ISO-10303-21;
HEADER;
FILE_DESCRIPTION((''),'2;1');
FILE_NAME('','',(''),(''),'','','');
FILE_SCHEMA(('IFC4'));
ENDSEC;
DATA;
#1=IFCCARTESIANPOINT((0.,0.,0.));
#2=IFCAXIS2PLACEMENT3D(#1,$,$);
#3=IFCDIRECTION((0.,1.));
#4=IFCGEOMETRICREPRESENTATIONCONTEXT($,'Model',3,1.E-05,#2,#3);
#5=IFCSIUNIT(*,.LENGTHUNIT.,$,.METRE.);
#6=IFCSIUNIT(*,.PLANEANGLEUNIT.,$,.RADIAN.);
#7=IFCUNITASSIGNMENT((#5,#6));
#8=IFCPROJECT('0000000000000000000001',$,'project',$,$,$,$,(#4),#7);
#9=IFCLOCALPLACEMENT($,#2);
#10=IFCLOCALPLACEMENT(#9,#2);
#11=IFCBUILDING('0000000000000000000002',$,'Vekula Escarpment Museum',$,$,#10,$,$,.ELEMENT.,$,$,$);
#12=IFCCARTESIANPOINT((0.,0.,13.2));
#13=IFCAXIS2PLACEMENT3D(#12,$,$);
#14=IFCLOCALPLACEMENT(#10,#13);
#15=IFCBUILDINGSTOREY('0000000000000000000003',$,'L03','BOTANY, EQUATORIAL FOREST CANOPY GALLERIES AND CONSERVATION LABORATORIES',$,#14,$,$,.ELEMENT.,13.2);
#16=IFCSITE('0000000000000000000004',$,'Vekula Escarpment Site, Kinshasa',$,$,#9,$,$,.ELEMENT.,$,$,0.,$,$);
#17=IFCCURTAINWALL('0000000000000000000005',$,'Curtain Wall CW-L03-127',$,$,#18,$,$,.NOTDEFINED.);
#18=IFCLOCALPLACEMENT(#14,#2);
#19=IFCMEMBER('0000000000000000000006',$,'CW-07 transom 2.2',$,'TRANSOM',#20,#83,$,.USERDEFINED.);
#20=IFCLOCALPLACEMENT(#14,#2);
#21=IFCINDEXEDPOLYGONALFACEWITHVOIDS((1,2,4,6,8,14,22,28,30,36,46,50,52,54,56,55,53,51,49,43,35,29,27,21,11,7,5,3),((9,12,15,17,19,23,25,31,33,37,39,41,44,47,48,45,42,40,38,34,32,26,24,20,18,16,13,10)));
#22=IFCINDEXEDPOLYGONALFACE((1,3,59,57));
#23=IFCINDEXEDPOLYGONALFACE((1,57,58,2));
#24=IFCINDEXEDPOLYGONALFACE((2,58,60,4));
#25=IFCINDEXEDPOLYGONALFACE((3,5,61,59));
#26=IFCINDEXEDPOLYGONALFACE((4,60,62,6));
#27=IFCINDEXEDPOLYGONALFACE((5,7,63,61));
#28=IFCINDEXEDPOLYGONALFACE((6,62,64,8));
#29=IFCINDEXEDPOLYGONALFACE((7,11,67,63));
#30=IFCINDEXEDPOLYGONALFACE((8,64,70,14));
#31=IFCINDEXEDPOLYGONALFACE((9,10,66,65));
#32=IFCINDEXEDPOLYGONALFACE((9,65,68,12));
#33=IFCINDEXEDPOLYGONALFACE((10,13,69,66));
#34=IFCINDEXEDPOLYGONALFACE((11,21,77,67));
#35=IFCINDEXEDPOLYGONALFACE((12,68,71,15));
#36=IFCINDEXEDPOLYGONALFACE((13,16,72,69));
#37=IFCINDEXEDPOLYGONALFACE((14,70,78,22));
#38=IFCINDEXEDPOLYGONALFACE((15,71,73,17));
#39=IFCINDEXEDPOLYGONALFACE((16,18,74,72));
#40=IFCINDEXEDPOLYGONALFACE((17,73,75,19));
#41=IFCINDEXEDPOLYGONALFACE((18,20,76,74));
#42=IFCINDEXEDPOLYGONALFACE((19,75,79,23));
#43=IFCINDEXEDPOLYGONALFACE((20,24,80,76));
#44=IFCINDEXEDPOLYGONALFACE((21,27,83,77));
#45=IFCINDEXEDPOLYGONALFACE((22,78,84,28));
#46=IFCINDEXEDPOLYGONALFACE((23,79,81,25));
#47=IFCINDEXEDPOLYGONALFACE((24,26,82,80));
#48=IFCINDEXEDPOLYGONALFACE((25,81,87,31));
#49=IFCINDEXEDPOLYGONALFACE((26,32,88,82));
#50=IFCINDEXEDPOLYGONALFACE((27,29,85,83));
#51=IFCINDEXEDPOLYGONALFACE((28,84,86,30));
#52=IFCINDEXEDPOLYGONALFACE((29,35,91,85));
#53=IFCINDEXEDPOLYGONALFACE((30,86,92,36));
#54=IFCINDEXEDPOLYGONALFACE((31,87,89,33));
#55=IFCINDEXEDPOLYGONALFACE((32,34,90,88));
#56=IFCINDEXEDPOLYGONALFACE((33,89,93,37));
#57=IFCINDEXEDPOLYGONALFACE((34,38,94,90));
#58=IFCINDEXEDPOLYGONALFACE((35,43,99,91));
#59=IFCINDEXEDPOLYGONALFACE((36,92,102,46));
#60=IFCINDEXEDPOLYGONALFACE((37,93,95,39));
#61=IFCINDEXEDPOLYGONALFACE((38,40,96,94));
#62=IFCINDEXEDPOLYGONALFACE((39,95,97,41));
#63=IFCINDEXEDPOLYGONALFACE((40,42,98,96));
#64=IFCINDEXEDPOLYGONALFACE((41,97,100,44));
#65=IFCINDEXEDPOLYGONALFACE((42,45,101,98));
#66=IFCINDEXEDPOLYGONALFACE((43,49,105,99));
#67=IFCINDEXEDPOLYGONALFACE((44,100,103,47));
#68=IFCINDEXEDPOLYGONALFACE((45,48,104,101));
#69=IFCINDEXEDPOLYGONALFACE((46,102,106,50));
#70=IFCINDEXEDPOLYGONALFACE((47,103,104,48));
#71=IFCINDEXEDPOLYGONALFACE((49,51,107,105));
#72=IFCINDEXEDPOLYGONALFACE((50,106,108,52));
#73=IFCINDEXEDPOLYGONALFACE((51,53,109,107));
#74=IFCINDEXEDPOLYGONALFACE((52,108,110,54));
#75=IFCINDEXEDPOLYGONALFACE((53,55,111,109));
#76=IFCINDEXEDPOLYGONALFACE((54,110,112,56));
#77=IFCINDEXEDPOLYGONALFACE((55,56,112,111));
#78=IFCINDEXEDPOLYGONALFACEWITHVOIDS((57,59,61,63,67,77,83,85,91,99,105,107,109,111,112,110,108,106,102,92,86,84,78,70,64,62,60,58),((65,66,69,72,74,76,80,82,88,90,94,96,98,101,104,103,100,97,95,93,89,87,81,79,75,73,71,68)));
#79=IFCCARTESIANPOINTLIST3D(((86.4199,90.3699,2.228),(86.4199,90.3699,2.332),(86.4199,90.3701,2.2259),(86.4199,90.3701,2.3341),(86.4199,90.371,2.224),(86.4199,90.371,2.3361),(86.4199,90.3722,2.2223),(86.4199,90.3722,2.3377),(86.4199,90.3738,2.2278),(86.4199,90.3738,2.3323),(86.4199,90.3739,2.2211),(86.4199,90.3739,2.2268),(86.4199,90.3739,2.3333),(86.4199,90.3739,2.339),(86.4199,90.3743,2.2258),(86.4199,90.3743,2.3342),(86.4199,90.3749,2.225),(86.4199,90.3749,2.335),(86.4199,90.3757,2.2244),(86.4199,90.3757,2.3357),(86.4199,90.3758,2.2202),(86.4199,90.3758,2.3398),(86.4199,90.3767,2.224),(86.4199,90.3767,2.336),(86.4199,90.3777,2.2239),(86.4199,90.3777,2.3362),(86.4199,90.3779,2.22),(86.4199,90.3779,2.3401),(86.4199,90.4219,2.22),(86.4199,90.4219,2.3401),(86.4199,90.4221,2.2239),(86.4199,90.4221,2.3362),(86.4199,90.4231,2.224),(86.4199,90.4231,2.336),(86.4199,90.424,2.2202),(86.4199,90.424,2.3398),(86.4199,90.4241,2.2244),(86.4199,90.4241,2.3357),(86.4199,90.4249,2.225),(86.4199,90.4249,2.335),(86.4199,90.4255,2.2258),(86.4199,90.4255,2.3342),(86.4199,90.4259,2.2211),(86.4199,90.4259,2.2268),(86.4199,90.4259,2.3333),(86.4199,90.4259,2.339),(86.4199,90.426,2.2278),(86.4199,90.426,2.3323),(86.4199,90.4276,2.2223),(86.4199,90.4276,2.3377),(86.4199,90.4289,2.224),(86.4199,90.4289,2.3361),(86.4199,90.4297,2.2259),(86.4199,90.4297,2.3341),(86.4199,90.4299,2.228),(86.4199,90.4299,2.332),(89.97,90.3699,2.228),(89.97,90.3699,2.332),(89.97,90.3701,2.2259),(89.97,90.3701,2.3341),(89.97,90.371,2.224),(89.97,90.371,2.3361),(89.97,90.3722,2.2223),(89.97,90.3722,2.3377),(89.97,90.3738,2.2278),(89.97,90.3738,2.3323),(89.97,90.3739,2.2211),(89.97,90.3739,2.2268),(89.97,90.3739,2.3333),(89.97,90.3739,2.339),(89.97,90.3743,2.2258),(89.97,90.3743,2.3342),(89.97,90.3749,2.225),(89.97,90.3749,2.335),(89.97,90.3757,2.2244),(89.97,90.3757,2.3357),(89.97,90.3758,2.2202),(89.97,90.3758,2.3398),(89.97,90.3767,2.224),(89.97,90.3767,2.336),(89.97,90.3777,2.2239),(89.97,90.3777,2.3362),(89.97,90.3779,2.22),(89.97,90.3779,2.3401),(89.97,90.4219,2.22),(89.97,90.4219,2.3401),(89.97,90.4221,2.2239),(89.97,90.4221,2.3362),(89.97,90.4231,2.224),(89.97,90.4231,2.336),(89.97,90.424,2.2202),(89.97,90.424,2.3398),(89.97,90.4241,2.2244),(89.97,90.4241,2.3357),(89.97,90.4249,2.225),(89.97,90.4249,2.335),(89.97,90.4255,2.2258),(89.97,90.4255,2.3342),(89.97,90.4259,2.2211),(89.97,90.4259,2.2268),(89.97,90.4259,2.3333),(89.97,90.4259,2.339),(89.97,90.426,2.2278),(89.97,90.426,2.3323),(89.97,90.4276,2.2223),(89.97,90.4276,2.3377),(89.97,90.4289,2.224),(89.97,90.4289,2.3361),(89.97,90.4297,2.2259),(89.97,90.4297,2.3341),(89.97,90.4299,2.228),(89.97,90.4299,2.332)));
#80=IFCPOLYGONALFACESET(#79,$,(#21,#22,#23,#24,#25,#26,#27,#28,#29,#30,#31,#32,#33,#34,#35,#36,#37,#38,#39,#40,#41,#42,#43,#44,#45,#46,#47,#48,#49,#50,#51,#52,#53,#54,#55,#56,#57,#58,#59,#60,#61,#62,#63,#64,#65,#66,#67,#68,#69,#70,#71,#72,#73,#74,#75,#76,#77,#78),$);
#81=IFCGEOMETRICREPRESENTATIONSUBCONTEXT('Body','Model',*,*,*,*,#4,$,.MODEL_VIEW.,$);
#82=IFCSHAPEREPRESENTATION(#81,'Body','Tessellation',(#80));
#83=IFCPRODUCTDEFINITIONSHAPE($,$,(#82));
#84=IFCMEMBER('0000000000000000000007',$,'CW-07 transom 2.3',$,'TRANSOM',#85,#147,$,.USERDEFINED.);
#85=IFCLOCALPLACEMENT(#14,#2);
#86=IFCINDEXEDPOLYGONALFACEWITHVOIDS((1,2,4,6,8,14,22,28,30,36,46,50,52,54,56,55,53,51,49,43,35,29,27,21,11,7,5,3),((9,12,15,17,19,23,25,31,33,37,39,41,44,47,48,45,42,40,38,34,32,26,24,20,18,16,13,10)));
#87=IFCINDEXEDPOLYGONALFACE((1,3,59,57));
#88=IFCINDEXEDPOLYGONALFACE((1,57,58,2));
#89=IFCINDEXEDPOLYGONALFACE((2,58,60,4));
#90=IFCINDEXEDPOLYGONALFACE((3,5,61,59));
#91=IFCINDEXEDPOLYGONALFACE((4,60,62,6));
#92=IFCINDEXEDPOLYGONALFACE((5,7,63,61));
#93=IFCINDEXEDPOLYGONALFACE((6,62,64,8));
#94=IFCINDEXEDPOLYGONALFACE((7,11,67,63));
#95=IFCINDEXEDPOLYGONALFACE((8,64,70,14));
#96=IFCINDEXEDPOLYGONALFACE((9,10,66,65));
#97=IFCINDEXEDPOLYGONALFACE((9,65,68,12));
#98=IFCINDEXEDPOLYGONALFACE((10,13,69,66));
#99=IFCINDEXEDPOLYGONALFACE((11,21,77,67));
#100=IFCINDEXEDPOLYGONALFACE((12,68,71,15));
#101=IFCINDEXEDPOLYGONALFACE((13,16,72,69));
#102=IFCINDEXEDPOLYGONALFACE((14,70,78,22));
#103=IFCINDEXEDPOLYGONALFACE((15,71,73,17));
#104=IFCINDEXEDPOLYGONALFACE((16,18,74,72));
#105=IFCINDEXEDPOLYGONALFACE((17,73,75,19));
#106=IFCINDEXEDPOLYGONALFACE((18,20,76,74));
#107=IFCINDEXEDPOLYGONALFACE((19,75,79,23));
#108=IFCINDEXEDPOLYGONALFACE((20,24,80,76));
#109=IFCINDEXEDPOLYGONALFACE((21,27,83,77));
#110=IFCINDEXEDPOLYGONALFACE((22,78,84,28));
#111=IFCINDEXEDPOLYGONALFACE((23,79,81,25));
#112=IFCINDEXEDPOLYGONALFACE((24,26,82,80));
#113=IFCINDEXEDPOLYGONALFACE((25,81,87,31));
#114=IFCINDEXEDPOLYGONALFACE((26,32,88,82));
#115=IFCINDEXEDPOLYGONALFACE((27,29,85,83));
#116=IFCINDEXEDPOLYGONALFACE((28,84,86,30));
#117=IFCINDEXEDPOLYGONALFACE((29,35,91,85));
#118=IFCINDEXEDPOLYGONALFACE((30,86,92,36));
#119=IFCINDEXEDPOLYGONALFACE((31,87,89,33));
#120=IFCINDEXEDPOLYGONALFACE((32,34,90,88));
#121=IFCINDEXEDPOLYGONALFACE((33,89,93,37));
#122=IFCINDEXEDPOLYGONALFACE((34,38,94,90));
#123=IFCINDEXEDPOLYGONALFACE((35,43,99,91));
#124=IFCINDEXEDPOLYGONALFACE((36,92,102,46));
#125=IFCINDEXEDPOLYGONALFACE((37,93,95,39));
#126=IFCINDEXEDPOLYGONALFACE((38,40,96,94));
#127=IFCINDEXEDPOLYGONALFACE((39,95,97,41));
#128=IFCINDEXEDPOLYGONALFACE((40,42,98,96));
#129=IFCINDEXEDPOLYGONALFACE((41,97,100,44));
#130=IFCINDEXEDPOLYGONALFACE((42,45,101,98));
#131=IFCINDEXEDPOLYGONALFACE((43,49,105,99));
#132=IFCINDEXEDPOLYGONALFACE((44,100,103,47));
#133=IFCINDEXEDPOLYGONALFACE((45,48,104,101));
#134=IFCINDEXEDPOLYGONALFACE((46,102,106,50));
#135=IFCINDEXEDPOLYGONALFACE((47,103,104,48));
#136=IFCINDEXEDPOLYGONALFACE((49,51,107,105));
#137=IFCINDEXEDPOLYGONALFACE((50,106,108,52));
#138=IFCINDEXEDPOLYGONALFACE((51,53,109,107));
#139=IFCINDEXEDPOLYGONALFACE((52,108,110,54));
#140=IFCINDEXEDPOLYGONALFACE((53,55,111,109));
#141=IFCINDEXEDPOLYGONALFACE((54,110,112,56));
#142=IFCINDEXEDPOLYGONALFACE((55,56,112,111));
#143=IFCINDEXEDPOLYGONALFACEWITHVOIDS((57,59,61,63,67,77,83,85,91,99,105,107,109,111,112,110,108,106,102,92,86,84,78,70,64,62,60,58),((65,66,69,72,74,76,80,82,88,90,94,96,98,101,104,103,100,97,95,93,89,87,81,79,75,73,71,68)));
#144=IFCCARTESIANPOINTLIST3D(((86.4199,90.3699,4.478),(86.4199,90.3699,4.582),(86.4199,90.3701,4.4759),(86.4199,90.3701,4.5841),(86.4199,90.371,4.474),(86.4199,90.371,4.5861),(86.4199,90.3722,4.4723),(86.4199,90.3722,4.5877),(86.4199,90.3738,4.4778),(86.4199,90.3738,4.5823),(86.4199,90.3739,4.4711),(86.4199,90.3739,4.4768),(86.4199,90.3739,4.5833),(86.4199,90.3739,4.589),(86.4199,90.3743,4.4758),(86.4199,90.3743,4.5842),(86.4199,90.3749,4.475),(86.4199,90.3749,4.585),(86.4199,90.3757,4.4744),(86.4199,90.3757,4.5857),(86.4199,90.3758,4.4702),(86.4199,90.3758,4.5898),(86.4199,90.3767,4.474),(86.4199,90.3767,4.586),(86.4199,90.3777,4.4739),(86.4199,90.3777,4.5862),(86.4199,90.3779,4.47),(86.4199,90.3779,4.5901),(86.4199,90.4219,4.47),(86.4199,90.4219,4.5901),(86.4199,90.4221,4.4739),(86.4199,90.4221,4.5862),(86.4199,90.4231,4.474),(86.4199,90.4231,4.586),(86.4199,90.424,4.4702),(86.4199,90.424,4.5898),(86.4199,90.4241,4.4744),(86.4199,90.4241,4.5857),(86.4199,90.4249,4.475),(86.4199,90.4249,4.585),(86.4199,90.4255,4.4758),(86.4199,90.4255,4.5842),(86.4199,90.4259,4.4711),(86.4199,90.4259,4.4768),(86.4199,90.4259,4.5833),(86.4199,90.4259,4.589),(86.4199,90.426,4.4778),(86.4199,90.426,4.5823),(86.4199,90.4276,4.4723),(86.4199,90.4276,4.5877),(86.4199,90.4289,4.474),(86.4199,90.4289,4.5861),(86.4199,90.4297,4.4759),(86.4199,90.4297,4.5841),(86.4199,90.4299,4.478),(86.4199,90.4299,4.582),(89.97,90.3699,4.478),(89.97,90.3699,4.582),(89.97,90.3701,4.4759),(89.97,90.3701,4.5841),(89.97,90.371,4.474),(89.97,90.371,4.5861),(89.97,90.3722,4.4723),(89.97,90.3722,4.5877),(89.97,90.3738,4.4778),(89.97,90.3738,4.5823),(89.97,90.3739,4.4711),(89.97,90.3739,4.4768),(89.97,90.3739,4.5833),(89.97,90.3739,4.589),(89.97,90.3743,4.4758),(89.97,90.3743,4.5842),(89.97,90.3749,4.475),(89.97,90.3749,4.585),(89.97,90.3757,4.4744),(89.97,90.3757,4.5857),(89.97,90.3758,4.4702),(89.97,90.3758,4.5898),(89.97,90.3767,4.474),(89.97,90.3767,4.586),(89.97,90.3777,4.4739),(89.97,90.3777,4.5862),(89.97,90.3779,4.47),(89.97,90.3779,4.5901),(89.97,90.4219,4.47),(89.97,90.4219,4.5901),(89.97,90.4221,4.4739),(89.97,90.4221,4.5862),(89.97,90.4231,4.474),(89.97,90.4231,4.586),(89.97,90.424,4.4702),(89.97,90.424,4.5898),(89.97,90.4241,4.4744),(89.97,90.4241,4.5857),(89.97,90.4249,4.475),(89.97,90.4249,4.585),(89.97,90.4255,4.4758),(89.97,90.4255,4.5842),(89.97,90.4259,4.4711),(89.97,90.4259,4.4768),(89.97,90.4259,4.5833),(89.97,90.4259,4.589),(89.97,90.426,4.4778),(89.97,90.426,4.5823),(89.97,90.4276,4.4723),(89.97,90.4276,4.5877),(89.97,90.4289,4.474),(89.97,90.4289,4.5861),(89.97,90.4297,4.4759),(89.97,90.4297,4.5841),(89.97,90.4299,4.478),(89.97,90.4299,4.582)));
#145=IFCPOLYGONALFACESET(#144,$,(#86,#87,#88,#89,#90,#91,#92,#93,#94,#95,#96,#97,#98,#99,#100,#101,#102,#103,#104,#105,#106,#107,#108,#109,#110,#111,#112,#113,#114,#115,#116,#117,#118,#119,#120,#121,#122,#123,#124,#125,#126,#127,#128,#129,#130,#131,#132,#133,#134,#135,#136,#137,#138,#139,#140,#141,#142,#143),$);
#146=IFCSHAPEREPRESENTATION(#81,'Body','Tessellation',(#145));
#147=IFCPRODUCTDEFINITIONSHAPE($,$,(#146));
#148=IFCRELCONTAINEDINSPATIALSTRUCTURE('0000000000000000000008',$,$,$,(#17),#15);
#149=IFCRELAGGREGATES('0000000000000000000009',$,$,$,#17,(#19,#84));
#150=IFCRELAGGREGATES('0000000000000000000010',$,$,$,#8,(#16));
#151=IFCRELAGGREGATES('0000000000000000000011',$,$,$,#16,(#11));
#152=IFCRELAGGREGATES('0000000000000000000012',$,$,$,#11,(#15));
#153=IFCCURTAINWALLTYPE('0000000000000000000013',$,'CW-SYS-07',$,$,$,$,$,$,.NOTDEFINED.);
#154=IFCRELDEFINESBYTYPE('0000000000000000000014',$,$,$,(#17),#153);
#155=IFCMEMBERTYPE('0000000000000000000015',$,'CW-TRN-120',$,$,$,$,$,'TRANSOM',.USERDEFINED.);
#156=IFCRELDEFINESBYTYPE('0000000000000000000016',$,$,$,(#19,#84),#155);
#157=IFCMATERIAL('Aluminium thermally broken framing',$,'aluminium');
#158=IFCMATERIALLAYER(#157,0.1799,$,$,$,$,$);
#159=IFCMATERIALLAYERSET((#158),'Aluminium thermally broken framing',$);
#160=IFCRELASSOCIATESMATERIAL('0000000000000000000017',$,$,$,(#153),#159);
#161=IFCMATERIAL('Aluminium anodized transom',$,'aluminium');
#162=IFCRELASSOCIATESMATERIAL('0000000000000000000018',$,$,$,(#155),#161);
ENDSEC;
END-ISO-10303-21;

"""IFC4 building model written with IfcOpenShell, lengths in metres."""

from ifc_helpers import new_model, si_unit, direction, frame, origin, origin_2d, place, context, subcontext, project, spatial, hollow_rectangle, extrude, material, layer, layer_set, material_profile, profile_set, type_object, element, aggregate, save


model = new_model("IFC4")

# Units and contexts
model_context = context("Model", 3, precision=1e-05, world=origin(), true_north=direction((0.0, 1.0)))
body_context = subcontext(model_context, "Body", "Model", "MODEL_VIEW")
ifc_project = project(units=[si_unit("LENGTHUNIT", "METRE"), si_unit("PLANEANGLEUNIT", "RADIAN")], contexts=[model_context])

# Site, building, storey
site_placement = place(None, origin())
site = spatial("IfcSite", under=ifc_project, at=site_placement, Name="Vekula Escarpment Site, Kinshasa", CompositionType="ELEMENT", RefElevation=0.0)
building_placement = place(site_placement, origin())
building = spatial("IfcBuilding", under=site, at=building_placement, Name="Vekula Escarpment Museum", CompositionType="ELEMENT")
storey_placement = place(building_placement, frame((0.0, 0.0, 13.2)))
storey = spatial("IfcBuildingStorey", under=building, at=storey_placement, Name="L03", Description="BOTANY, EQUATORIAL FOREST CANOPY GALLERIES AND CONSERVATION LABORATORIES", CompositionType="ELEMENT", Elevation=13.2)

# Curtain wall, members
ifc_material_1 = material(Name="Aluminium thermally broken framing", Category="aluminium")
ifc_layer_1 = layer(ifc_material_1, 0.1799)
ifc_layer_set_1 = layer_set([ifc_layer_1], Name="Aluminium thermally broken framing")
curtain_wall_type_1 = type_object("IfcCurtainWallType", Name="CW-SYS-07", PredefinedType="NOTDEFINED", material=ifc_layer_set_1)
curtain_wall_1_placement = place(storey_placement, origin())
curtain_wall_1 = element("IfcCurtainWall", 1, at=curtain_wall_1_placement, inside=storey, type_object=curtain_wall_type_1, Name="Curtain Wall CW-L03-127", PredefinedType="NOTDEFINED")
ifc_material_2 = material(Name="Aluminium anodized transom", Category="aluminium")
ifc_material_profile_1 = material_profile(ifc_material_2, hollow_rectangle(XDim=0.0601, YDim=0.1201, WallThickness=0.0039, InnerFilletRadius=0.0039, OuterFilletRadius=0.0081, at=origin_2d()), Name="ALU 120x60x4")
ifc_profile_set_1 = profile_set([ifc_material_profile_1], Name="Aluminium anodized transom")
member_type_1 = type_object("IfcMemberType", Name="CW-TRN-120", ElementType="TRANSOM", PredefinedType="USERDEFINED", material=ifc_profile_set_1)
member_1_placement = place(storey_placement, frame((89.97, 90.3999, 2.28), z_axis=(-1.0, 0.0, 0.0), x_axis=(0.0, -1.0, 0.0)))
member_1 = element("IfcMember", 2, at=member_1_placement, type_object=member_type_1, Name="CW-07 transom 2.2", ObjectType="TRANSOM", PredefinedType="USERDEFINED", context=body_context, shape_type="SweptSolid", body=[
    extrude(hollow_rectangle(XDim=0.0601, YDim=0.1201, WallThickness=0.0039, InnerFilletRadius=0.0039, OuterFilletRadius=0.0081, at=origin_2d()), origin(), (0.0, 0.0, 1.0), 3.55),
])
member_2_placement = place(storey_placement, frame((89.97, 90.3999, 4.53), z_axis=(-1.0, 0.0, 0.0), x_axis=(0.0, -1.0, 0.0)))
member_2 = element("IfcMember", 3, at=member_2_placement, type_object=member_type_1, Name="CW-07 transom 2.3", ObjectType="TRANSOM", PredefinedType="USERDEFINED", context=body_context, shape_type="SweptSolid", body=[
    extrude(hollow_rectangle(XDim=0.0601, YDim=0.1201, WallThickness=0.0039, InnerFilletRadius=0.0039, OuterFilletRadius=0.0081, at=origin_2d()), origin(), (0.0, 0.0, 1.0), 3.55),
])

aggregate(curtain_wall_1, [member_1, member_2])

save(model, "model.ifc")
